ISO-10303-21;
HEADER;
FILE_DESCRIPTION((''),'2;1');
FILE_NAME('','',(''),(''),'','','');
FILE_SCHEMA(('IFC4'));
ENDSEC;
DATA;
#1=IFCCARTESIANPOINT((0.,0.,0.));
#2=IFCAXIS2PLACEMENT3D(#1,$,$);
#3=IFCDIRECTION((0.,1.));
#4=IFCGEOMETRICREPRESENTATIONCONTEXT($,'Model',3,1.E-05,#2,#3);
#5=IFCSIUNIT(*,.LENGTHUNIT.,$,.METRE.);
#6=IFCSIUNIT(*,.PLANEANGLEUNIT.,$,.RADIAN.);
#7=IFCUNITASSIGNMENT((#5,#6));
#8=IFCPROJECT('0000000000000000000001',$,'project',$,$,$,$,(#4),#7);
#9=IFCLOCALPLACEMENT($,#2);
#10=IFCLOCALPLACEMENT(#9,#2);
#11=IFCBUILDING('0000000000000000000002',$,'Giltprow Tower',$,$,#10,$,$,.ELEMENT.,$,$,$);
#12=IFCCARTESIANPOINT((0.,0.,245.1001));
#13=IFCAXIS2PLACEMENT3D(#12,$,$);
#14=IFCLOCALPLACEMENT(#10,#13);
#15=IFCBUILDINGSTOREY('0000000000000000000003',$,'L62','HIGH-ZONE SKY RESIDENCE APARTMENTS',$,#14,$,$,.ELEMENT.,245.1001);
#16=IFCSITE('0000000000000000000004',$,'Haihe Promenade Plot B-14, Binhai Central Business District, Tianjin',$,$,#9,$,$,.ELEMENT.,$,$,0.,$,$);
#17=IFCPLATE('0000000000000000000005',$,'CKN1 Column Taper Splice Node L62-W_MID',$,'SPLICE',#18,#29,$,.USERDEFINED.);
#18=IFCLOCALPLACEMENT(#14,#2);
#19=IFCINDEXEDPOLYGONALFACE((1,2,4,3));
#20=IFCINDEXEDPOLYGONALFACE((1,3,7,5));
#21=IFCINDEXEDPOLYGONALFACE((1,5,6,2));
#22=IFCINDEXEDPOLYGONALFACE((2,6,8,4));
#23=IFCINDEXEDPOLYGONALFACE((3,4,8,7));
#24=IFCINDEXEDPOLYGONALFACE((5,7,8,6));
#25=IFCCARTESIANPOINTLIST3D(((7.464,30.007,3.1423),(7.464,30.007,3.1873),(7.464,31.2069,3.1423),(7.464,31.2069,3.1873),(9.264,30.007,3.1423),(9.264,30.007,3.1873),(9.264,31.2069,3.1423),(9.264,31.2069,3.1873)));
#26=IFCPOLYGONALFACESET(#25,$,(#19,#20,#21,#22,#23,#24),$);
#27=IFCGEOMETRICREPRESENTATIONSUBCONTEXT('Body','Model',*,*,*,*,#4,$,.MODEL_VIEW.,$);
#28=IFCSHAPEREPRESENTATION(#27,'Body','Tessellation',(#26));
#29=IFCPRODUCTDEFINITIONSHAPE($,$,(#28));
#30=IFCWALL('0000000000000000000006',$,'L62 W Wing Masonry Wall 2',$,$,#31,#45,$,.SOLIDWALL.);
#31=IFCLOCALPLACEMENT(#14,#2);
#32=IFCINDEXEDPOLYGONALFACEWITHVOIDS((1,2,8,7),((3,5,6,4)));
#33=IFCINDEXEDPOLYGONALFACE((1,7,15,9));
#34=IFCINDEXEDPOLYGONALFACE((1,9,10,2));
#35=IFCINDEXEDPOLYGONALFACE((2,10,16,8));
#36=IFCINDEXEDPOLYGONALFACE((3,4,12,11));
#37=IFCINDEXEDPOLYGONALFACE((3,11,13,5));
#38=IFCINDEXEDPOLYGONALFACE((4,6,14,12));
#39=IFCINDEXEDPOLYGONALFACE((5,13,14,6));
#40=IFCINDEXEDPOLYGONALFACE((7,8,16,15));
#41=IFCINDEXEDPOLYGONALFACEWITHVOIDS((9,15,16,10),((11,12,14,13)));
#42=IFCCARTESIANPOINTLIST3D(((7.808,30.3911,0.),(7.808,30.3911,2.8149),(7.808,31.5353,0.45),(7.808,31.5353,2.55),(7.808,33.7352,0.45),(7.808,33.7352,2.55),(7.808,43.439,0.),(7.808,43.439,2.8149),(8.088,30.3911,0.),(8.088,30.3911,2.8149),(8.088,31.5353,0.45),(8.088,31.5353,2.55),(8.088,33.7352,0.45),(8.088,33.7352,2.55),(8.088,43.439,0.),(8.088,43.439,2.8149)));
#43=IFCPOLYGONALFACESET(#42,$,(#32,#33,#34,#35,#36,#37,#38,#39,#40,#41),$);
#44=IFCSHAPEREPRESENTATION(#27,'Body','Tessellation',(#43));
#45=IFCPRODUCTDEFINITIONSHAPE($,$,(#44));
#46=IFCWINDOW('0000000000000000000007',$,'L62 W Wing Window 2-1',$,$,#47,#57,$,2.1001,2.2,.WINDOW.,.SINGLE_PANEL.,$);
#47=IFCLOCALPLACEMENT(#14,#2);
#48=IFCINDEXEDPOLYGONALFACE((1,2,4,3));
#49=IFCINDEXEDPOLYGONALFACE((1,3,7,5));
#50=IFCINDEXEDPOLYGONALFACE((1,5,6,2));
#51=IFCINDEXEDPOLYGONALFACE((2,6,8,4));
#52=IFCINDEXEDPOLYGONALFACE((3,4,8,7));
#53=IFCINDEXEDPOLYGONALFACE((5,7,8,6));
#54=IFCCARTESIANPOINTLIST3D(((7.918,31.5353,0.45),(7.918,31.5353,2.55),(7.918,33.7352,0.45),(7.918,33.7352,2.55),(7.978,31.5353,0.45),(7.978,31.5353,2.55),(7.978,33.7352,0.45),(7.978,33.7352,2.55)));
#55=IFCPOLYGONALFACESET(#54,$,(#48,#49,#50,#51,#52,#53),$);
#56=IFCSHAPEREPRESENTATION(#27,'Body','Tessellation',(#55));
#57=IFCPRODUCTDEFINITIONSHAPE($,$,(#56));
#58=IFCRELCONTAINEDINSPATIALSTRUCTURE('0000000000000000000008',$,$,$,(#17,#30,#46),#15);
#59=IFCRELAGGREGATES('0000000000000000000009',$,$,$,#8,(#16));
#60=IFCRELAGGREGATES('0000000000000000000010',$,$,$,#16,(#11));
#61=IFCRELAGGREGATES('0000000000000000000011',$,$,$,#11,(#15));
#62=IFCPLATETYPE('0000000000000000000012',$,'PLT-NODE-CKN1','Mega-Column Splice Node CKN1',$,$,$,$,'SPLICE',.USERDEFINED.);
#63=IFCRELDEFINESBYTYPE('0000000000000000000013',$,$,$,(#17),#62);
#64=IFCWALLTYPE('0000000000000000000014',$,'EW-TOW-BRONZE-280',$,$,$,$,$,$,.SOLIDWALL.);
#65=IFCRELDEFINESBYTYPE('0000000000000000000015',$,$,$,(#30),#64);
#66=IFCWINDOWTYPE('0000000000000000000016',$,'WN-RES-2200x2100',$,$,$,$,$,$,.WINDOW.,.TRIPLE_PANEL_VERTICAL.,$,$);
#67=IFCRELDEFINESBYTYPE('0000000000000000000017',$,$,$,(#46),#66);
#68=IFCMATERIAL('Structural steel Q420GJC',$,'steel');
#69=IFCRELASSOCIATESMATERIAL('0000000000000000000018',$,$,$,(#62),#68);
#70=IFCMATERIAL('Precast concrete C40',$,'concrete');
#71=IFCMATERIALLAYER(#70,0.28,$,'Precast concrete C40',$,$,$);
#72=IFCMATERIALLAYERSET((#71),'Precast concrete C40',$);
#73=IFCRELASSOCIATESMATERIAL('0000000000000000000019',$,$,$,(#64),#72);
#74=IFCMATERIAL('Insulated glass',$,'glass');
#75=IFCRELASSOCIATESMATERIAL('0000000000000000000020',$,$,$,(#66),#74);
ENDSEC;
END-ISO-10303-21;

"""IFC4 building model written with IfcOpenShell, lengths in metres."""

from ifc_helpers import new_model, si_unit, direction, frame, frame_2d, origin, origin_2d, place, context, subcontext, project, spatial, rectangle, extrude, source, transform, mapped, material, layer, layer_set, type_object, element, fill, save


model = new_model("IFC4")

# Units and contexts
model_context = context("Model", 3, precision=1e-05, world=origin(), true_north=direction((0.0, 1.0)))
body_context = subcontext(model_context, "Body", "Model", "MODEL_VIEW")
ifc_project = project(units=[si_unit("LENGTHUNIT", "METRE"), si_unit("PLANEANGLEUNIT", "RADIAN")], contexts=[model_context])

# Site, building, storey
site_placement = place(None, origin())
site = spatial("IfcSite", under=ifc_project, at=site_placement, Name="Haihe Promenade Plot B-14, Binhai Central Business District, Tianjin", CompositionType="ELEMENT", RefElevation=0.0)
building_placement = place(site_placement, origin())
building = spatial("IfcBuilding", under=site, at=building_placement, Name="Giltprow Tower", CompositionType="ELEMENT")
storey_placement = place(building_placement, frame((0.0, 0.0, 245.1001)))
storey = spatial("IfcBuildingStorey", under=building, at=storey_placement, Name="L62", Description="HIGH-ZONE SKY RESIDENCE APARTMENTS", CompositionType="ELEMENT", Elevation=245.1001)

# Shared definitions
ifc_material_1 = material(Name="Structural steel Q420GJC", Category="steel")

# Plate
plate_type = type_object("IfcPlateType", Name="PLT-NODE-CKN1", Description="Mega-Column Splice Node CKN1", ElementType="SPLICE", PredefinedType="USERDEFINED", material=ifc_material_1)
shared_shape_1 = source(origin(), body_context, "Body", "SweptSolid", [
    extrude(rectangle(XDim=1.8, YDim=1.2, at=origin_2d()), origin(), (0.0, 0.0, 1.0), 0.0449),
])
plate_placement = place(storey_placement, frame((8.364, 30.6069, 3.1423), z_axis=(0.0, 0.0, 1.0), x_axis=(1.0, 0.0, 0.0)))
element("IfcPlate", 1, at=plate_placement, inside=storey, type_object=plate_type, Name="CKN1 Column Taper Splice Node L62-W_MID", ObjectType="SPLICE", PredefinedType="USERDEFINED", context=body_context, shape_type="MappedRepresentation", body=[
    mapped(shared_shape_1, transform((0.0, 0.0, 0.0), x_axis=(1.0, 0.0, 0.0), y_axis=(0.0, 1.0, 0.0), z_axis=(0.0, 0.0, 1.0), scale=1.0)),
])

# Wall, opening, window
ifc_material_2 = material(Name="Precast concrete C40", Category="concrete")
ifc_layer_1 = layer(ifc_material_2, 0.28, Name="Precast concrete C40")
ifc_layer_set_1 = layer_set([ifc_layer_1], Name="Precast concrete C40")
wall_type_1 = type_object("IfcWallType", Name="EW-TOW-BRONZE-280", PredefinedType="SOLIDWALL", material=ifc_layer_set_1)
wall_1_placement = place(storey_placement, frame((7.948, 30.3911, 0.0), z_axis=(0.0, 0.0, 1.0), x_axis=(0.0, 1.0, 0.0)))
wall_1 = element("IfcWall", 2, at=wall_1_placement, inside=storey, type_object=wall_type_1, Name="L62 W Wing Masonry Wall 2", PredefinedType="SOLIDWALL", context=body_context, shape_type="SweptSolid", body=[
    extrude(rectangle(XDim=13.0479, YDim=0.28, at=frame_2d((6.5239, 0.0))), origin(), (0.0, 0.0, 1.0), 2.8149),
])
opening_1_placement = place(wall_1_placement, frame((1.144, 0.0, 0.45)))
opening_1 = element("IfcOpeningElement", 3, at=opening_1_placement, cuts=wall_1, PredefinedType="OPENING", context=body_context, shape_type="SweptSolid", body=[
    extrude(rectangle(XDim=2.2, YDim=2.1001, at=frame_2d((1.1001, 1.05))), frame((0.0, 0.1499, 0.0), z_axis=(0.0, -1.0, 0.0), x_axis=(1.0, 0.0, 0.0)), (0.0, 0.0, 1.0), 0.3),
])
ifc_material_3 = material(Name="Insulated glass", Category="glass")
window_type = type_object("IfcWindowType", Name="WN-RES-2200x2100", PartitioningType="TRIPLE_PANEL_VERTICAL", PredefinedType="WINDOW", material=ifc_material_3)
shared_shape_2 = source(origin(), body_context, "Body", "SweptSolid", [
    extrude(rectangle(XDim=2.2, YDim=2.1001, at=frame_2d((1.1001, 1.05))), frame((0.0, 0.03, 0.0), z_axis=(0.0, -1.0, 0.0), x_axis=(1.0, 0.0, 0.0)), (0.0, 0.0, 1.0), 0.0601),
])
window_placement = place(opening_1_placement, origin())
window = element("IfcWindow", 4, at=window_placement, inside=storey, type_object=window_type, Name="L62 W Wing Window 2-1", OverallHeight=2.1001, OverallWidth=2.2, PartitioningType="SINGLE_PANEL", PredefinedType="WINDOW", context=body_context, shape_type="MappedRepresentation", body=[
    mapped(shared_shape_2, transform((0.0, 0.0, 0.0), x_axis=(1.0, 0.0, 0.0), y_axis=(0.0, 1.0, 0.0), z_axis=(0.0, 0.0, 1.0), scale=1.0)),
])
fill(opening_1, window)

save(model, "model.ifc")
